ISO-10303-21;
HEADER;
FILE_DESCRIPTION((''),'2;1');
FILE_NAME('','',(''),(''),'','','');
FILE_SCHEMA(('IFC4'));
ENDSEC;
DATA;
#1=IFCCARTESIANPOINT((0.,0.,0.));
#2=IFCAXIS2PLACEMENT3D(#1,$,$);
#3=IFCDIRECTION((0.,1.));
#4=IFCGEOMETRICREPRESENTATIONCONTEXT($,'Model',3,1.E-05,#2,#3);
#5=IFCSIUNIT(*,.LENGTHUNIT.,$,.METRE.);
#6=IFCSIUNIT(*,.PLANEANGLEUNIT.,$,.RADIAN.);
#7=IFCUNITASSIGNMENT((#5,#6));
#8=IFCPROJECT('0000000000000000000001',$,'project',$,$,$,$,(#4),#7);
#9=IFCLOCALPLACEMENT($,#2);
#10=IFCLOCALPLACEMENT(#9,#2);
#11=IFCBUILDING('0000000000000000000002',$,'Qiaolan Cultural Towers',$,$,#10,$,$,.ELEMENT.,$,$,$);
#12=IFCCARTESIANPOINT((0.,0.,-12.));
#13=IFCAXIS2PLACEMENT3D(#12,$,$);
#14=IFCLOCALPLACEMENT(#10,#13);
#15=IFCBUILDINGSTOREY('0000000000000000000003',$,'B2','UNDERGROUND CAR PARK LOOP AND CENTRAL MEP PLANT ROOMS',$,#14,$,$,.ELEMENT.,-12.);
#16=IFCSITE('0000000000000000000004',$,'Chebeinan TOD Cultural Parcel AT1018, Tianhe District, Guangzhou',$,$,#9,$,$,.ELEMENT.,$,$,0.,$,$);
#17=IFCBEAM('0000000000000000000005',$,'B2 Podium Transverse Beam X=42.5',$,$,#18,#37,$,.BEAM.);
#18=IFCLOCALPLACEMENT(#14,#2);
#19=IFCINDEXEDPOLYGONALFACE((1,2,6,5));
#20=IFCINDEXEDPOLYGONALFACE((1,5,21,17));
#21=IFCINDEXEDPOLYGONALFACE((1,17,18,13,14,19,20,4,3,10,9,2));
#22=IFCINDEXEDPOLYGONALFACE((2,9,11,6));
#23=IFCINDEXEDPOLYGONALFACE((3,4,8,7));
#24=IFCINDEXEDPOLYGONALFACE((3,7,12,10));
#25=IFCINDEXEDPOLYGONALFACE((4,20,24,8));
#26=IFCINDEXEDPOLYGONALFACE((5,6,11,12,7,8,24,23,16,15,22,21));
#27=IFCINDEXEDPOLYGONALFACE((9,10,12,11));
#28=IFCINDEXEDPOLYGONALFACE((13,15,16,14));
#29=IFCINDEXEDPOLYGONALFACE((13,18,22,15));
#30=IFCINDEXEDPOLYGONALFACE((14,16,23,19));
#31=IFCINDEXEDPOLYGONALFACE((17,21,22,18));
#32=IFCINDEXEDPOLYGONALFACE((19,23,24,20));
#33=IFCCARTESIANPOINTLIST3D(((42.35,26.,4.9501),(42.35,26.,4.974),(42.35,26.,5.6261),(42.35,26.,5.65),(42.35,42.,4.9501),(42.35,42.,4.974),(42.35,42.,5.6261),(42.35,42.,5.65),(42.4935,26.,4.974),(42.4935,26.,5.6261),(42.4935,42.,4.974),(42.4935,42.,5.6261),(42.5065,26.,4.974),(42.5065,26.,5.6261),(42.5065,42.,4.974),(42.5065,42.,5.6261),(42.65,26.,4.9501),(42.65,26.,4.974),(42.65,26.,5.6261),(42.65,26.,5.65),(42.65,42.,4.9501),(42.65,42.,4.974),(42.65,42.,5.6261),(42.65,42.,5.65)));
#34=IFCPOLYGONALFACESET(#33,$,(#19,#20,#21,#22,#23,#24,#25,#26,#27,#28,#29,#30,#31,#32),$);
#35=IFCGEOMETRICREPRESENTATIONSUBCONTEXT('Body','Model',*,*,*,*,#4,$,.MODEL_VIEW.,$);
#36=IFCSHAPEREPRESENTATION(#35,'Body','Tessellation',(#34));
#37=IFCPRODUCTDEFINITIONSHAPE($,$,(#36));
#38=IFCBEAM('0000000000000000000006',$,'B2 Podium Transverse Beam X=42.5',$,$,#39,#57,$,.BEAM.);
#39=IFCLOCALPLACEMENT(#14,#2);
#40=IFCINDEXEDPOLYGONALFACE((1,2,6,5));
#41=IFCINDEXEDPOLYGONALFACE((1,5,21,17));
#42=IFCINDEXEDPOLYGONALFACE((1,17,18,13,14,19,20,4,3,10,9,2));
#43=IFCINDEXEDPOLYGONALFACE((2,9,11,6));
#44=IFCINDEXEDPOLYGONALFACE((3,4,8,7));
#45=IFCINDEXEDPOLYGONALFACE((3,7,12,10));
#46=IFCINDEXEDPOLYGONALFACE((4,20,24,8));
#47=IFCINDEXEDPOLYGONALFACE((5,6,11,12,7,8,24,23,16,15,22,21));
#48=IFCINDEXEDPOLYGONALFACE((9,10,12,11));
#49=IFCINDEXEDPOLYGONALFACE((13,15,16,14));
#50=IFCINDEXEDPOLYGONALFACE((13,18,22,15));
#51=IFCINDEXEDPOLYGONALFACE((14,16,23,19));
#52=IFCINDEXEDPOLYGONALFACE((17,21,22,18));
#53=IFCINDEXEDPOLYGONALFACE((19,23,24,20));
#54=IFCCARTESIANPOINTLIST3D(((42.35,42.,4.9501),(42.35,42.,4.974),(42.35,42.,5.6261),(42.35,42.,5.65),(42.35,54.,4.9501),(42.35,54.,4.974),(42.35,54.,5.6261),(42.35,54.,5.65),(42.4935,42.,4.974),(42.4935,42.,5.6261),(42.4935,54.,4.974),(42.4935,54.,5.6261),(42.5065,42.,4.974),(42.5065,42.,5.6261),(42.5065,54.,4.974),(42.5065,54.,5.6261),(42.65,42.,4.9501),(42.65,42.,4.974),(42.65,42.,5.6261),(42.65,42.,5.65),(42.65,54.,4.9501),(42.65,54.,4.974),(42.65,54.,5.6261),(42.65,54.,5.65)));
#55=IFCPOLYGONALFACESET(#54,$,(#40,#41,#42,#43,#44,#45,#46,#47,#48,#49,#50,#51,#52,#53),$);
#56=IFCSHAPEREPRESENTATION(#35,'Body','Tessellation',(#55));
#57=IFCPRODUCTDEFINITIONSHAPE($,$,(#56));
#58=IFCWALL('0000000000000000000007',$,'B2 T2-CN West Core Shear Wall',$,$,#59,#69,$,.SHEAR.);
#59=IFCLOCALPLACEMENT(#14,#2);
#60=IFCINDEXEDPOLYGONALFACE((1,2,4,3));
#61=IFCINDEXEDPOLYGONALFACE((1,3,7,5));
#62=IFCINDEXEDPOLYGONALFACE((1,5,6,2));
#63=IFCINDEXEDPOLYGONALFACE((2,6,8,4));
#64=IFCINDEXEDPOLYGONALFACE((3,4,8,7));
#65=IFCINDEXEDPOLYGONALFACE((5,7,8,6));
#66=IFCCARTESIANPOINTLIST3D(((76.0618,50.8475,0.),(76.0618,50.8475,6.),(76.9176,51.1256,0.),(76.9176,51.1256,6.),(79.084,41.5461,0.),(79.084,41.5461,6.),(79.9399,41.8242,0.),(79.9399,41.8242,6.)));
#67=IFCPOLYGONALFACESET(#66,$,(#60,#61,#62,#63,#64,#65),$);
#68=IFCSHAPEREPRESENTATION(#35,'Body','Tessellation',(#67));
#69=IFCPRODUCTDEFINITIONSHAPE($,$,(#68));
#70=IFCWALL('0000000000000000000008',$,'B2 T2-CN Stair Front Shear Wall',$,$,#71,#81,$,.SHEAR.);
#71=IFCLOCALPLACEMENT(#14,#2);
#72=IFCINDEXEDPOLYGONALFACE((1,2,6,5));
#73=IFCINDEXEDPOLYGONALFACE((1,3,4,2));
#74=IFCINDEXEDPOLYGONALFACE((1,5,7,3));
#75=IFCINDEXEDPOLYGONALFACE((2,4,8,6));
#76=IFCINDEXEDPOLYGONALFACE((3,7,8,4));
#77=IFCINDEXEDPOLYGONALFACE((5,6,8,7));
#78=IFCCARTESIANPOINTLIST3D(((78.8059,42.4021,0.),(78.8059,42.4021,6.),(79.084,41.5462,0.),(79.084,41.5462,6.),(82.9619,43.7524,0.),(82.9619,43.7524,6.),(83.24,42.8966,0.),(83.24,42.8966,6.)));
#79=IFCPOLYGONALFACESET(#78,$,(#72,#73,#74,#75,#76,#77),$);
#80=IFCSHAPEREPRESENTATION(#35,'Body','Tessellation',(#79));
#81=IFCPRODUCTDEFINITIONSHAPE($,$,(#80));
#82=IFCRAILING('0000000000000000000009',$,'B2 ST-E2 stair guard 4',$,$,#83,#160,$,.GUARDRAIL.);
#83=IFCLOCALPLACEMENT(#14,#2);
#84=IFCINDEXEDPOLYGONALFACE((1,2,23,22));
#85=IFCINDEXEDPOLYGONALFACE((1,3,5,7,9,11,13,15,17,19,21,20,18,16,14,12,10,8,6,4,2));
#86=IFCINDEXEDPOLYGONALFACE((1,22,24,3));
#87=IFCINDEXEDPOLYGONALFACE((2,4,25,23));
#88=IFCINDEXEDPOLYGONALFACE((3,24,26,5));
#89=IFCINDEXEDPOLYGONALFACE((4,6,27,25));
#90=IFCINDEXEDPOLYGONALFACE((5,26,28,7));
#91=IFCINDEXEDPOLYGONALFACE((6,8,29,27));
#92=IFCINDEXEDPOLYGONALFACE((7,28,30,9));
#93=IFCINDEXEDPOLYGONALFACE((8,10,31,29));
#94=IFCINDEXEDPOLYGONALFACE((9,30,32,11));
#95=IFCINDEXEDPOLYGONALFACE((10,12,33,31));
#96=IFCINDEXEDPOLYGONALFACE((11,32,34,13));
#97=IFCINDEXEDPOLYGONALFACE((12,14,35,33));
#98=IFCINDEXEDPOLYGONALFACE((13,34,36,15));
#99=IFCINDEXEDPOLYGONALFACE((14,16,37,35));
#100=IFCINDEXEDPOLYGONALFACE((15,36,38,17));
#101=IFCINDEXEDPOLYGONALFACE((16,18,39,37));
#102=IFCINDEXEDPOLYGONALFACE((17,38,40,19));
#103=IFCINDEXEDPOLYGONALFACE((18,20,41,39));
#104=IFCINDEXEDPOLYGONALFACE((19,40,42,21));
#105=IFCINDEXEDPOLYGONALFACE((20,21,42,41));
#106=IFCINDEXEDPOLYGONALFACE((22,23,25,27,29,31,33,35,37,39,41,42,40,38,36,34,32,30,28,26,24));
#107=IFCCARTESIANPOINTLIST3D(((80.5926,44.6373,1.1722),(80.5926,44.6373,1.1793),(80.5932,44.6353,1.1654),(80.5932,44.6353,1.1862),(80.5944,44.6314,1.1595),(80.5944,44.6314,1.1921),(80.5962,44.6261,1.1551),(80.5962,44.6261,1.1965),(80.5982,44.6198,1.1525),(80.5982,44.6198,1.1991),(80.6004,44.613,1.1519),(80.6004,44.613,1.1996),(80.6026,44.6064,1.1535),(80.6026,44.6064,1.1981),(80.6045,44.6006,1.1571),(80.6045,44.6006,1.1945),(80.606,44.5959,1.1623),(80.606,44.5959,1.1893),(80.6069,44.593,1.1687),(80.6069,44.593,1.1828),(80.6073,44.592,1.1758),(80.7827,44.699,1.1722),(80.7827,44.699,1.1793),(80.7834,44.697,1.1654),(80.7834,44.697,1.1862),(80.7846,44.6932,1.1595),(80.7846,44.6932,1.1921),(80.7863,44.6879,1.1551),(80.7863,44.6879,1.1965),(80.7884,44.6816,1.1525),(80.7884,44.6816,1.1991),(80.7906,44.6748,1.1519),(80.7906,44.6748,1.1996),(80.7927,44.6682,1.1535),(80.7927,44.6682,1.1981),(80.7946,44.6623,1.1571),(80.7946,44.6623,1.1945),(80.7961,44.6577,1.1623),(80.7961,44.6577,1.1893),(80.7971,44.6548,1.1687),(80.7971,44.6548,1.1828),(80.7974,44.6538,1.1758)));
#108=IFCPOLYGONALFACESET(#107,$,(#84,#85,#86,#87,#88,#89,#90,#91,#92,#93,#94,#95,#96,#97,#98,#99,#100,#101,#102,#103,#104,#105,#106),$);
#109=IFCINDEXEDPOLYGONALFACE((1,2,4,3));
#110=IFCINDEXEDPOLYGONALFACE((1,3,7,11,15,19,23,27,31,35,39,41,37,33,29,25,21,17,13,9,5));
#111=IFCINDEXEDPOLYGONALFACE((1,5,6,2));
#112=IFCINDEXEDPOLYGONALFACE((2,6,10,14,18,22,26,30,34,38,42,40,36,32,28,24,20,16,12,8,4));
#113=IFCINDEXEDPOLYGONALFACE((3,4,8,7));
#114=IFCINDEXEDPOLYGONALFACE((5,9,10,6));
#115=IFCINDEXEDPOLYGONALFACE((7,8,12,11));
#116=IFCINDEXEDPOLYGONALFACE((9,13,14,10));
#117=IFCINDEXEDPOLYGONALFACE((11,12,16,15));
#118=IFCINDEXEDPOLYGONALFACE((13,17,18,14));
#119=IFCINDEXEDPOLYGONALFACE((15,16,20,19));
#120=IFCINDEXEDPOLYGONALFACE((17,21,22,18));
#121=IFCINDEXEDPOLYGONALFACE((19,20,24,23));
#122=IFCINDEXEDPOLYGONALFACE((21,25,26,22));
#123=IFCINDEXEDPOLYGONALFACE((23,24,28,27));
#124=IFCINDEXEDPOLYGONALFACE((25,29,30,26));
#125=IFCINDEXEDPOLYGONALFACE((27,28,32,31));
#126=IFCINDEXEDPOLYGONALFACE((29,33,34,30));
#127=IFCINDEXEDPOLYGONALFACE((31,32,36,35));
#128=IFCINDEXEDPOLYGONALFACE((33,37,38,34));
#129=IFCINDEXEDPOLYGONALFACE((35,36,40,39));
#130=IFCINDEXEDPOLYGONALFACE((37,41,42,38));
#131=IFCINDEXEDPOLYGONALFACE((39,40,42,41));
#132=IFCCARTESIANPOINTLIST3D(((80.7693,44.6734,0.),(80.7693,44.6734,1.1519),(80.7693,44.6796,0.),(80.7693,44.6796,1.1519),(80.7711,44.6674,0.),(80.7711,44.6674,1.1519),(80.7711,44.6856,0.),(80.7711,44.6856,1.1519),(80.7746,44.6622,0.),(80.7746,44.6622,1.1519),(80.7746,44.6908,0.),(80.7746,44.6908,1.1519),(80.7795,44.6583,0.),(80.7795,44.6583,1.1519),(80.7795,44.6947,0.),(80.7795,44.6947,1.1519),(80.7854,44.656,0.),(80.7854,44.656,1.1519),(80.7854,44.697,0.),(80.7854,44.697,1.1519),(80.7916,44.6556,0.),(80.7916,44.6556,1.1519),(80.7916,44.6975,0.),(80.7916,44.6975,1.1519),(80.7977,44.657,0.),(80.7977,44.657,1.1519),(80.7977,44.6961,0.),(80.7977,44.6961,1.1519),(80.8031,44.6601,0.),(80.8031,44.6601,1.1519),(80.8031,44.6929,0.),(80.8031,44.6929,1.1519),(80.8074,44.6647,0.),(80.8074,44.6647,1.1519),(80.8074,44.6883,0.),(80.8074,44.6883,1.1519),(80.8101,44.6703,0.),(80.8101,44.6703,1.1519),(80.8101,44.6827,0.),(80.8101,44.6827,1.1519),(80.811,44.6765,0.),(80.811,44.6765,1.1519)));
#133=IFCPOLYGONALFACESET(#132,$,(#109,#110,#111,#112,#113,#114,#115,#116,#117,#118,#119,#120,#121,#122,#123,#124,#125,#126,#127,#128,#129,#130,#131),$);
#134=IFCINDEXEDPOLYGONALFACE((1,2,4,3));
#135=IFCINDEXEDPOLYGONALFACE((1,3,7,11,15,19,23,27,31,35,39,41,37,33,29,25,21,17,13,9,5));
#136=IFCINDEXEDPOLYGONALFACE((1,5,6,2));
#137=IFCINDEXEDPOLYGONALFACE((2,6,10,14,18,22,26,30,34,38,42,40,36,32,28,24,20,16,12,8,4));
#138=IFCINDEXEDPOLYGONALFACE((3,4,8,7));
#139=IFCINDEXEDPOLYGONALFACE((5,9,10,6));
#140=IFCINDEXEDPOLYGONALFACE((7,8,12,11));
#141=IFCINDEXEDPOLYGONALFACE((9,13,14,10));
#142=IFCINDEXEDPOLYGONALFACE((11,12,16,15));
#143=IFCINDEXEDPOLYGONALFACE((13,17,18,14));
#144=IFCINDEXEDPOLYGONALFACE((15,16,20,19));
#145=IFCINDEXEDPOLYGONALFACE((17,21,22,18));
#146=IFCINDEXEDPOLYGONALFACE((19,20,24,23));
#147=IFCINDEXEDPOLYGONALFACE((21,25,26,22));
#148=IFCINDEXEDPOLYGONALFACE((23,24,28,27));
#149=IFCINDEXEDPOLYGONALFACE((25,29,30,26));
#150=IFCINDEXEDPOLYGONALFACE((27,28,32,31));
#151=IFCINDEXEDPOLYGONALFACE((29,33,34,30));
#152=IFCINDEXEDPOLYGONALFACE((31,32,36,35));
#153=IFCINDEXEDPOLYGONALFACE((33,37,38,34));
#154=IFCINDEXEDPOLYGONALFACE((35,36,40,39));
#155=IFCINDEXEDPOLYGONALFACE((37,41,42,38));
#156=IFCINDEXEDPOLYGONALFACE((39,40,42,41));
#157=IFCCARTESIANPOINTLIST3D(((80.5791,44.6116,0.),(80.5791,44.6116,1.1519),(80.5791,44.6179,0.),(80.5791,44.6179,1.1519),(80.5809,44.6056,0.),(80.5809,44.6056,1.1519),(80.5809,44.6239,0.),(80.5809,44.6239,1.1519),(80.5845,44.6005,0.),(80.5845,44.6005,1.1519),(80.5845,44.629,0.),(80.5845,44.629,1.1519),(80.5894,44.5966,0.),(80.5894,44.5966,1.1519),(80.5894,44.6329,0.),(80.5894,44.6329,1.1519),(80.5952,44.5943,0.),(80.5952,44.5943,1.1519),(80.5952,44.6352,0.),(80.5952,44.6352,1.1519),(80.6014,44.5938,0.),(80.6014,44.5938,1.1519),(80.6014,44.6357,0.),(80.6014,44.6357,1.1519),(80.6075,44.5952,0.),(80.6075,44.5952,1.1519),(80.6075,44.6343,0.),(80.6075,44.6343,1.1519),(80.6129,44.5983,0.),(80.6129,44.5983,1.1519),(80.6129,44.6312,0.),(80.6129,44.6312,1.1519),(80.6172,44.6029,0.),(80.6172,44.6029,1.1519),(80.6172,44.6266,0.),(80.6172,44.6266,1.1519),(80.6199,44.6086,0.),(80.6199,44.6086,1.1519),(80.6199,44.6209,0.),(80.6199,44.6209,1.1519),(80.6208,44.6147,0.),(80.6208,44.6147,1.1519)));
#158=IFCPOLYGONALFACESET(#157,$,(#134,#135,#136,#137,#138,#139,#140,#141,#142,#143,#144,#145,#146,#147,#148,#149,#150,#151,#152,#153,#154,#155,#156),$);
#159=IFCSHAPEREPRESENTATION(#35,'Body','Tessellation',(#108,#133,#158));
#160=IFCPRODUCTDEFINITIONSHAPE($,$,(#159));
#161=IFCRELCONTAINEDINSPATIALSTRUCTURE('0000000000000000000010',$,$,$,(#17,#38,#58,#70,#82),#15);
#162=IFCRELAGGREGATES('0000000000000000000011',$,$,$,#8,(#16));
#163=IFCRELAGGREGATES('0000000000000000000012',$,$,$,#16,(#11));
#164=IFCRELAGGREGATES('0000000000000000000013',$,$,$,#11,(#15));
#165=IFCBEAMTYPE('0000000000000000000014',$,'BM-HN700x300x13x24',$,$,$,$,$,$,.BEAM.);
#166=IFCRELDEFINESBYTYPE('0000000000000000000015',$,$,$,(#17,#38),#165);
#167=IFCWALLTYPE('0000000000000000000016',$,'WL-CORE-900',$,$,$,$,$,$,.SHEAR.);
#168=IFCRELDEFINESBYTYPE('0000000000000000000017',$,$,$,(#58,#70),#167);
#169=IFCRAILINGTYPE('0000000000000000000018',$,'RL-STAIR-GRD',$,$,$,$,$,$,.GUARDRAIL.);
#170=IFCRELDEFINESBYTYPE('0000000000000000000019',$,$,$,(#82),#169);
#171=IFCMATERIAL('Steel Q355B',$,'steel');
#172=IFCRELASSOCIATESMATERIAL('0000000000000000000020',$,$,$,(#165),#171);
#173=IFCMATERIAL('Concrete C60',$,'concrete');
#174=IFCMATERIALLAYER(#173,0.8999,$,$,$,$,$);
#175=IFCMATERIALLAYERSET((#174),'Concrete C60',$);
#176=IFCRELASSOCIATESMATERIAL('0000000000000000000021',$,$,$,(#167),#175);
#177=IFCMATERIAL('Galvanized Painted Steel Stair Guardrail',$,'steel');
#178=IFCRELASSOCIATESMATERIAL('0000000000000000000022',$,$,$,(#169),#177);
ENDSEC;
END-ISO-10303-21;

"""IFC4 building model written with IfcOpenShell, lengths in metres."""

from ifc_helpers import new_model, si_unit, direction, frame, frame_2d, origin, origin_2d, place, context, subcontext, project, spatial, rectangle, circle, i_section, extrude, material, layer, layer_set, material_profile, profile_set, type_object, element, save


model = new_model("IFC4")

# Units and contexts
model_context = context("Model", 3, precision=1e-05, world=origin(), true_north=direction((0.0, 1.0)))
body_context = subcontext(model_context, "Body", "Model", "MODEL_VIEW")
ifc_project = project(units=[si_unit("LENGTHUNIT", "METRE"), si_unit("PLANEANGLEUNIT", "RADIAN")], contexts=[model_context])

# Site, building, storey
site_placement = place(None, origin())
site = spatial("IfcSite", under=ifc_project, at=site_placement, Name="Chebeinan TOD Cultural Parcel AT1018, Tianhe District, Guangzhou", CompositionType="ELEMENT", RefElevation=0.0)
building_placement = place(site_placement, origin())
building = spatial("IfcBuilding", under=site, at=building_placement, Name="Qiaolan Cultural Towers", CompositionType="ELEMENT")
storey_placement = place(building_placement, frame((0.0, 0.0, -12.0)))
storey = spatial("IfcBuildingStorey", under=building, at=storey_placement, Name="B2", Description="UNDERGROUND CAR PARK LOOP AND CENTRAL MEP PLANT ROOMS", CompositionType="ELEMENT", Elevation=-12.0)

# Beams
ifc_material_1 = material(Name="Steel Q355B", Category="steel")
ifc_material_profile_1 = material_profile(ifc_material_1, i_section(OverallWidth=0.3, OverallDepth=0.7, WebThickness=0.0129, FlangeThickness=0.0239, at=origin_2d()), Name="HN700x300x13x24")
ifc_profile_set_1 = profile_set([ifc_material_profile_1], Name="Steel Q355B")
beam_type_1 = type_object("IfcBeamType", Name="BM-HN700x300x13x24", PredefinedType="BEAM", material=ifc_profile_set_1)
beam_1_placement = place(storey_placement, frame((42.5, 26.0, 5.3), z_axis=(0.0, 1.0, 0.0), x_axis=(-1.0, 0.0, 0.0)))
element("IfcBeam", 1, at=beam_1_placement, inside=storey, type_object=beam_type_1, Name="B2 Podium Transverse Beam X=42.5", PredefinedType="BEAM", context=body_context, shape_type="SweptSolid", body=[
    extrude(i_section(OverallWidth=0.3, OverallDepth=0.7, WebThickness=0.0129, FlangeThickness=0.0239, at=origin_2d()), origin(), (0.0, 0.0, 1.0), 16.0),
])
beam_2_placement = place(storey_placement, frame((42.5, 42.0, 5.3), z_axis=(0.0, 1.0, 0.0), x_axis=(-1.0, 0.0, 0.0)))
element("IfcBeam", 2, at=beam_2_placement, inside=storey, type_object=beam_type_1, Name="B2 Podium Transverse Beam X=42.5", PredefinedType="BEAM", context=body_context, shape_type="SweptSolid", body=[
    extrude(i_section(OverallWidth=0.3, OverallDepth=0.7, WebThickness=0.0129, FlangeThickness=0.0239, at=origin_2d()), origin(), (0.0, 0.0, 1.0), 12.0),
])

# Walls
ifc_material_2 = material(Name="Concrete C60", Category="concrete")
ifc_layer = layer(ifc_material_2, 0.8999)
ifc_layer_set = layer_set([ifc_layer], Name="Concrete C60")
wall_type = type_object("IfcWallType", Name="WL-CORE-900", PredefinedType="SHEAR", material=ifc_layer_set)
wall_1_placement = place(storey_placement, frame((79.512, 41.6851, 0.0), z_axis=(0.0, 0.0, 1.0), x_axis=(-0.309022, 0.951055, 0.0)))
element("IfcWall", 3, at=wall_1_placement, inside=storey, type_object=wall_type, Name="B2 T2-CN West Core Shear Wall", PredefinedType="SHEAR", context=body_context, shape_type="SweptSolid", body=[
    extrude(rectangle(XDim=9.78, YDim=0.8999, at=frame_2d((4.8901, 0.0))), origin(), (0.0, 0.0, 1.0), 6.0),
])
wall_2_placement = place(storey_placement, frame((78.9448, 41.9741, 0.0), z_axis=(0.0, 0.0, 1.0), x_axis=(0.951058, 0.309012, 0.0)))
element("IfcWall", 4, at=wall_2_placement, inside=storey, type_object=wall_type, Name="B2 T2-CN Stair Front Shear Wall", PredefinedType="SHEAR", context=body_context, shape_type="SweptSolid", body=[
    extrude(rectangle(XDim=4.3699, YDim=0.8999, at=frame_2d((2.1851, 0.0))), origin(), (0.0, 0.0, 1.0), 6.0),
])

# Railing
ifc_material_3 = material(Name="Galvanized Painted Steel Stair Guardrail", Category="steel")
railing_type = type_object("IfcRailingType", Name="RL-STAIR-GRD", PredefinedType="GUARDRAIL", material=ifc_material_3)
railing_placement = place(storey_placement, frame((80.79, 44.6765, 0.0)))
element("IfcRailing", 5, at=railing_placement, inside=storey, type_object=railing_type, Name="B2 ST-E2 stair guard 4", PredefinedType="GUARDRAIL", context=body_context, shape_type="SweptSolid", body=[
    extrude(circle(Radius=0.0239, at=origin_2d()), frame((0.0, 0.0, 1.1758), z_axis=(-0.951097, -0.308893, 0.0), x_axis=(0.308893, -0.951097, 0.0)), (0.0, 0.0, 1.0), 0.2),
    extrude(circle(Radius=0.021, at=origin_2d()), origin(), (0.0, 0.0, 1.0), 1.1519),
    extrude(circle(Radius=0.021, at=origin_2d()), frame((-0.1902, -0.0618, 0.0)), (0.0, 0.0, 1.0), 1.1519),
])

save(model, "model.ifc")
